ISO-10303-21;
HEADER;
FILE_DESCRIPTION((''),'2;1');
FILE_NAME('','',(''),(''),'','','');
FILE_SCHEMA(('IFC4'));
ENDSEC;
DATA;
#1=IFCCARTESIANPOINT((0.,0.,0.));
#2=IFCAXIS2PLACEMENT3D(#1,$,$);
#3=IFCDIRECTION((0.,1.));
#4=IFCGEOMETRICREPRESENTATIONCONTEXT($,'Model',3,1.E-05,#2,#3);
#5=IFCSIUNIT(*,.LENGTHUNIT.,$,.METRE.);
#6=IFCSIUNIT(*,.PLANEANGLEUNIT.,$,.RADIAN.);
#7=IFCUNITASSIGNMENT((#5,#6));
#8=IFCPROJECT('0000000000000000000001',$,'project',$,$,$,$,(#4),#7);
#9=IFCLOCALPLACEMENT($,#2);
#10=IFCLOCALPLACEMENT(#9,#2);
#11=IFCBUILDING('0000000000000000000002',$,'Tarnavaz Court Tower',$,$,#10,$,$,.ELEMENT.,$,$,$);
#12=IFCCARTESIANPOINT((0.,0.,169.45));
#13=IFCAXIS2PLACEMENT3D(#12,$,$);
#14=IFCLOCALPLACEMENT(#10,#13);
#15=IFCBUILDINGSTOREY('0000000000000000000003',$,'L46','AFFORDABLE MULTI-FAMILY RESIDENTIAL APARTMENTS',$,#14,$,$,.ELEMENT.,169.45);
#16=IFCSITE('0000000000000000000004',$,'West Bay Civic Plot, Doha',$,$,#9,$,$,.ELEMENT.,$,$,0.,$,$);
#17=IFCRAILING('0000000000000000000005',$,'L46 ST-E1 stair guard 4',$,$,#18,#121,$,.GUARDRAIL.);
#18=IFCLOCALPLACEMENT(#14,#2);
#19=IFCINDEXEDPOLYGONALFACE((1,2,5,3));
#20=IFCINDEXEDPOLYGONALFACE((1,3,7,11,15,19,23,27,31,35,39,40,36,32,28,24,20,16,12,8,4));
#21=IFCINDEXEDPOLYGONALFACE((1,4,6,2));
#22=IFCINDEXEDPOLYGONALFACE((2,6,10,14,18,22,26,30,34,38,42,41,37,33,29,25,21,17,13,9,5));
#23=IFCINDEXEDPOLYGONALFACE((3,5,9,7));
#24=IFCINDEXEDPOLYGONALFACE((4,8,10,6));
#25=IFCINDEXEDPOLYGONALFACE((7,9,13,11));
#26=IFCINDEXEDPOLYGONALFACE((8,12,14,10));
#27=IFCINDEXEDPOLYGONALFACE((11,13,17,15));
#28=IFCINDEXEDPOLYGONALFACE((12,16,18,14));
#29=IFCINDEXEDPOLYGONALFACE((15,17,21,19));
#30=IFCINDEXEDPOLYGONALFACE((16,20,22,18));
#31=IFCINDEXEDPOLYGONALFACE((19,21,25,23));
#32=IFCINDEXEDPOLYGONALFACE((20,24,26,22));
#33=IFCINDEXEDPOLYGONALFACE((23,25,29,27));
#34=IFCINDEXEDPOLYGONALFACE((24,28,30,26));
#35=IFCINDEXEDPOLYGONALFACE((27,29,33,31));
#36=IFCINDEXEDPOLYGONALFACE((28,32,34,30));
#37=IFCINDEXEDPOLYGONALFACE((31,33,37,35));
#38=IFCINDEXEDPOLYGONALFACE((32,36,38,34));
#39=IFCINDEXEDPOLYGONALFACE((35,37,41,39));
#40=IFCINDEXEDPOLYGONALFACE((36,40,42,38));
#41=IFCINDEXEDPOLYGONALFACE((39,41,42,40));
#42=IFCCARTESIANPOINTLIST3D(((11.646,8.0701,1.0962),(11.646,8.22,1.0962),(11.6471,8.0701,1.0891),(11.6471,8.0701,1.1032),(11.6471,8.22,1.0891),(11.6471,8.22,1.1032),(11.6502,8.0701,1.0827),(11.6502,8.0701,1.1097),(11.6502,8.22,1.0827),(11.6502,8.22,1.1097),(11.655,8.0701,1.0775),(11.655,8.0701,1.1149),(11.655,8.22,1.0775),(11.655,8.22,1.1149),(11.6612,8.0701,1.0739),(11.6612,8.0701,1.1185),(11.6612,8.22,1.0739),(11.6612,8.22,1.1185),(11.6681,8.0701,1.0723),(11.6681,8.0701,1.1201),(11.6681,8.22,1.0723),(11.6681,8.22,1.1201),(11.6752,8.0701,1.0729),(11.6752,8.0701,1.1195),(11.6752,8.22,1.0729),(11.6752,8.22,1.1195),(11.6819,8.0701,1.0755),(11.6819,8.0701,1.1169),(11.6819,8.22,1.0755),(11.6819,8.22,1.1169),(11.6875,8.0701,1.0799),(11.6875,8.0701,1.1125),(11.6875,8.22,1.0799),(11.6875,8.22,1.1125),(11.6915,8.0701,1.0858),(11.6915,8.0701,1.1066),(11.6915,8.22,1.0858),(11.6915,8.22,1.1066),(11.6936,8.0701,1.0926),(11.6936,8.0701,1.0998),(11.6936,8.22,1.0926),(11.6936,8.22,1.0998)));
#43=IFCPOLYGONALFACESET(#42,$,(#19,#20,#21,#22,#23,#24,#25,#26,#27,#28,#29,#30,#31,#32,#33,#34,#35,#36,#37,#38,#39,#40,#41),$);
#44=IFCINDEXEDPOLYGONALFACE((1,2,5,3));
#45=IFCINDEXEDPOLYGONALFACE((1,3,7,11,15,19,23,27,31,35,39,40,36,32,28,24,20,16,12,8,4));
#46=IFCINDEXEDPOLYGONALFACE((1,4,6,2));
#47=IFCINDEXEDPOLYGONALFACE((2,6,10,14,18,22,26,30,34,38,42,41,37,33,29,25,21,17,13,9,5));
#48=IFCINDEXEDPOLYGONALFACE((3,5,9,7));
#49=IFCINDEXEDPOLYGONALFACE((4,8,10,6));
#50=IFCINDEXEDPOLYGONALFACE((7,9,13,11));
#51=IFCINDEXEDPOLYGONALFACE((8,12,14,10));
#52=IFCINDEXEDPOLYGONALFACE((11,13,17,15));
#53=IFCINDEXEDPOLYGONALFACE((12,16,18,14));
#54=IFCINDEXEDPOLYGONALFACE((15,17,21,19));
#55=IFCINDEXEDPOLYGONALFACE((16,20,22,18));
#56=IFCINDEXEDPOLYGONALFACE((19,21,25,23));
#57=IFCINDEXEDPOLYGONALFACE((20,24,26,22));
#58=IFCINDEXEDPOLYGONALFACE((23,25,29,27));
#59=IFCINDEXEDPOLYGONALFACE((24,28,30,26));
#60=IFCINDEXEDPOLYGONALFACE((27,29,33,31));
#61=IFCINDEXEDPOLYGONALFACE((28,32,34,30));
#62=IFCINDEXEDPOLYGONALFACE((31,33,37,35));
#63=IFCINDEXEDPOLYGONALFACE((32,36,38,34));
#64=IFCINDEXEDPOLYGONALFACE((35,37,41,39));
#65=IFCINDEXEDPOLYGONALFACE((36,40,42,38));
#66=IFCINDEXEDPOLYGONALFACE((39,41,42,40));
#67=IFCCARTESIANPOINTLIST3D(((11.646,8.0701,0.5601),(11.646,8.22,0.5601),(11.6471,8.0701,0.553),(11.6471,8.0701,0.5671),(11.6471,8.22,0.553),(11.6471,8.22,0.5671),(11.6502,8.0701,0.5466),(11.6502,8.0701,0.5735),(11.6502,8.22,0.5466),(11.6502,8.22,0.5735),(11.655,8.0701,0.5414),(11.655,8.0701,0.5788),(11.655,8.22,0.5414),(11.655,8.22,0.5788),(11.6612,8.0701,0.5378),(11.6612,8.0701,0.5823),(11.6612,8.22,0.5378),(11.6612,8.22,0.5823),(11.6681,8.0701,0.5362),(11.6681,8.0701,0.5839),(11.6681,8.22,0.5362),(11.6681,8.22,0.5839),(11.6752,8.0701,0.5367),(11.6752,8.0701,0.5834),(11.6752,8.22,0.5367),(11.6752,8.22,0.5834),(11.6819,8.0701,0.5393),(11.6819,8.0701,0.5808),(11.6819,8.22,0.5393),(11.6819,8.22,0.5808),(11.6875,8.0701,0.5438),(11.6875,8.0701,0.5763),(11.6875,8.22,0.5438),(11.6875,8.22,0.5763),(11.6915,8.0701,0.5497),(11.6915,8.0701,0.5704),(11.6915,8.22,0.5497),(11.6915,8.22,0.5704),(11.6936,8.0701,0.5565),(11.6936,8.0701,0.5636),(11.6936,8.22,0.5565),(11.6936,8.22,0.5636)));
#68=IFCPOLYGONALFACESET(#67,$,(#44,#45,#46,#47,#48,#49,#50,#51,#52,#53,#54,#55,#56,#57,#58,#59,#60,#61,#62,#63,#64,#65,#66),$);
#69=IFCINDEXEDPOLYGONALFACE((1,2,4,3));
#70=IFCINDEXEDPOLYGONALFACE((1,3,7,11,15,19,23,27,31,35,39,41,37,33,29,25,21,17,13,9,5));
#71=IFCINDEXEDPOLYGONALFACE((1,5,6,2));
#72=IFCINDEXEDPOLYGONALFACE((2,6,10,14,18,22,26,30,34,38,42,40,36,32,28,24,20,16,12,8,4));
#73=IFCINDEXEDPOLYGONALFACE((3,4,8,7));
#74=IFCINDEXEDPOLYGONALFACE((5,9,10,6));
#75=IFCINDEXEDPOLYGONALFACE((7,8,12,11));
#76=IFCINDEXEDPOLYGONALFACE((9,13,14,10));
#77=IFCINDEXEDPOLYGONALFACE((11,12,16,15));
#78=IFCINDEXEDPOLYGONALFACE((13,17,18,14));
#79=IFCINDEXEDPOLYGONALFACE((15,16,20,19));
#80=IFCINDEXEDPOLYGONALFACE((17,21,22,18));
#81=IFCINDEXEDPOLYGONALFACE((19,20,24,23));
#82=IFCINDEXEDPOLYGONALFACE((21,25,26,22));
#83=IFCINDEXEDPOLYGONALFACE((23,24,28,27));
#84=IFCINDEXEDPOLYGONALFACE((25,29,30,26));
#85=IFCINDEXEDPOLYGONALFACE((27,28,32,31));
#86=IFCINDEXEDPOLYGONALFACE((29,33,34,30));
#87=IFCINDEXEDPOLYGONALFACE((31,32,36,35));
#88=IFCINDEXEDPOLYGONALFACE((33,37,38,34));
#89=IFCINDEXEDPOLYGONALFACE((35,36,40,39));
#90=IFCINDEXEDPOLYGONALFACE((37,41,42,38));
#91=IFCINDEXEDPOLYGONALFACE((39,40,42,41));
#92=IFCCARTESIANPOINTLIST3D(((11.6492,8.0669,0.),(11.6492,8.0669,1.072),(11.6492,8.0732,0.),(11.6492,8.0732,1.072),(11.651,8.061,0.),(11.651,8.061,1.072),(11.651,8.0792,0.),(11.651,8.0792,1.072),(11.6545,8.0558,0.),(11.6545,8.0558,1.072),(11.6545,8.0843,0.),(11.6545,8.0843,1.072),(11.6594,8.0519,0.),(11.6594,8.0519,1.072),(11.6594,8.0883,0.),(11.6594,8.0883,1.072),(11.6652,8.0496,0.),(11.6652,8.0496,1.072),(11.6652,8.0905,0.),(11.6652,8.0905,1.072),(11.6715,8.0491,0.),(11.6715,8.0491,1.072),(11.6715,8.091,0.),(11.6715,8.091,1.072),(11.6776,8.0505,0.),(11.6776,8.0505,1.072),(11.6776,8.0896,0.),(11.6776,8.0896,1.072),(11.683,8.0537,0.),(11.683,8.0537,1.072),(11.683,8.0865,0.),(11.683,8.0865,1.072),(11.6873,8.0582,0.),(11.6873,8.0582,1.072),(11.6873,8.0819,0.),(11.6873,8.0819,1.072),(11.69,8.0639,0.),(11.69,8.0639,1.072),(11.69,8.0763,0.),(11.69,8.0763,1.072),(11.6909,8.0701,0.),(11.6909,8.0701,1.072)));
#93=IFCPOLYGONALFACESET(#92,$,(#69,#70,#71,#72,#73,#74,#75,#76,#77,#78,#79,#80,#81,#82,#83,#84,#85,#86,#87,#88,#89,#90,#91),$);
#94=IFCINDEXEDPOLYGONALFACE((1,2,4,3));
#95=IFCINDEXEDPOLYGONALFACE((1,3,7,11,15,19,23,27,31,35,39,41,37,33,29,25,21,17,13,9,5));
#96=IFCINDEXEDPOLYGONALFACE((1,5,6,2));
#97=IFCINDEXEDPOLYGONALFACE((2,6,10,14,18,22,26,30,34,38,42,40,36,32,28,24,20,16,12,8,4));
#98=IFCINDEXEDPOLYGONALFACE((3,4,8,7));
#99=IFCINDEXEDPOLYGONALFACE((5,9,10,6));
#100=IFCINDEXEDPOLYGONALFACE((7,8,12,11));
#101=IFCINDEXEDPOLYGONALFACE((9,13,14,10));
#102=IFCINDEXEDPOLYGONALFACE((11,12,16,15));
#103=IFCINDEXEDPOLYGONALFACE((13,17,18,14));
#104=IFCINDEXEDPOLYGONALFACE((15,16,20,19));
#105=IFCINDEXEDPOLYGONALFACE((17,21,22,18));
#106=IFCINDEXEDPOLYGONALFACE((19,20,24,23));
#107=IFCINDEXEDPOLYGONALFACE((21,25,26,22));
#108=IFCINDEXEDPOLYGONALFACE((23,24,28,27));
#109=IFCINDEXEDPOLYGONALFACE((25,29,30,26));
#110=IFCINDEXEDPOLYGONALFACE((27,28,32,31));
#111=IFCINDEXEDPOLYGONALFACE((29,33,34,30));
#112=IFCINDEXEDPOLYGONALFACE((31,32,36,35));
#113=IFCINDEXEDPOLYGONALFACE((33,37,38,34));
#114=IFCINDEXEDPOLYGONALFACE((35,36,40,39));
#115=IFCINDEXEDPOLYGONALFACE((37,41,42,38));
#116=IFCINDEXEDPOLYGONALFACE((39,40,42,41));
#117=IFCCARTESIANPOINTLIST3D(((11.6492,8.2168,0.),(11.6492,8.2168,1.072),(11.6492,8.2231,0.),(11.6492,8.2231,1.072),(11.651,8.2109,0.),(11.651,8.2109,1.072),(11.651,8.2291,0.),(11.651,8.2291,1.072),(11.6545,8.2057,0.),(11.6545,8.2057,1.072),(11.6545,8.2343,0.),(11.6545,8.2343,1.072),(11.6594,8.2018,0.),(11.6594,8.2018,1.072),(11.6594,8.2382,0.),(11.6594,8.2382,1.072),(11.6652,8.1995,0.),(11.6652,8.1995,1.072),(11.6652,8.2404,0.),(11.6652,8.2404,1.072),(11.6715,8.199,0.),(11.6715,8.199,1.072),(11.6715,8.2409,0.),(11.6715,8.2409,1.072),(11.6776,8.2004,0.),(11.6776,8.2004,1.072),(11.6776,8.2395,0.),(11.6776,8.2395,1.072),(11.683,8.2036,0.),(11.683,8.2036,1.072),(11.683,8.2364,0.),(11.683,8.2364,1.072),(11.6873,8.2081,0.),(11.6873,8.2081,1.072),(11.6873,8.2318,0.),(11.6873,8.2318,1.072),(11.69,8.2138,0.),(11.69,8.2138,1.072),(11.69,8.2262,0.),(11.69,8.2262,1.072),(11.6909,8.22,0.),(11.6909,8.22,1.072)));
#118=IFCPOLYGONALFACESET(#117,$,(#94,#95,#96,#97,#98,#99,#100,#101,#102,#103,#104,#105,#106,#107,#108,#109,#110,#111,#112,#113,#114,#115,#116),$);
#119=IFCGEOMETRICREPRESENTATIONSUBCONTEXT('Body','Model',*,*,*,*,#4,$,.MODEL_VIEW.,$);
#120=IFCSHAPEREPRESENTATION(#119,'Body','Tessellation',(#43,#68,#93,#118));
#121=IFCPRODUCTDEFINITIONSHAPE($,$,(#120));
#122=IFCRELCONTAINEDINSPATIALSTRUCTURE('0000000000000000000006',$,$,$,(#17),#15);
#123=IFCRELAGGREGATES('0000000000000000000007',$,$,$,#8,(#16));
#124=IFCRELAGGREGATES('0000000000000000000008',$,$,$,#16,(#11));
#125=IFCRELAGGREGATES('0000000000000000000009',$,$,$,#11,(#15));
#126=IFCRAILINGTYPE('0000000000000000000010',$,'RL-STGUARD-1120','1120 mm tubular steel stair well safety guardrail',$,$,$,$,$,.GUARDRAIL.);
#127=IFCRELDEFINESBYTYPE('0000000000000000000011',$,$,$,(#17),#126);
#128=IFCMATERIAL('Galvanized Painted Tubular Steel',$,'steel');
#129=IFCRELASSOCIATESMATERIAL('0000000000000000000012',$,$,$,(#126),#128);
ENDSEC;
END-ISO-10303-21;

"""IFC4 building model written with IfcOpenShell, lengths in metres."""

from ifc_helpers import new_model, si_unit, direction, frame, origin, origin_2d, place, context, subcontext, project, spatial, circle, extrude, material, type_object, element, save


model = new_model("IFC4")

# Units and contexts
model_context = context("Model", 3, precision=1e-05, world=origin(), true_north=direction((0.0, 1.0)))
body_context = subcontext(model_context, "Body", "Model", "MODEL_VIEW")
ifc_project = project(units=[si_unit("LENGTHUNIT", "METRE"), si_unit("PLANEANGLEUNIT", "RADIAN")], contexts=[model_context])

# Site, building, storey
site_placement = place(None, origin())
site = spatial("IfcSite", under=ifc_project, at=site_placement, Name="West Bay Civic Plot, Doha", CompositionType="ELEMENT", RefElevation=0.0)
building_placement = place(site_placement, origin())
building = spatial("IfcBuilding", under=site, at=building_placement, Name="Tarnavaz Court Tower", CompositionType="ELEMENT")
storey_placement = place(building_placement, frame((0.0, 0.0, 169.45)))
storey = spatial("IfcBuildingStorey", under=building, at=storey_placement, Name="L46", Description="AFFORDABLE MULTI-FAMILY RESIDENTIAL APARTMENTS", CompositionType="ELEMENT", Elevation=169.45)

# Railing
ifc_material_1 = material(Name="Galvanized Painted Tubular Steel", Category="steel")
railing_type_1 = type_object("IfcRailingType", Name="RL-STGUARD-1120", Description="1120 mm tubular steel stair well safety guardrail", PredefinedType="GUARDRAIL", material=ifc_material_1)
for number, where, name in (
    (1, (11.6699, 8.0701, 0.0), "L46 ST-E1 stair guard 4"),
):
    element("IfcRailing", number, at=place(storey_placement, frame(where)), inside=storey, type_object=railing_type_1, Name=name, PredefinedType="GUARDRAIL", context=body_context, shape_type="SweptSolid", body=[
        extrude(circle(Radius=0.0239, at=origin_2d()), frame((0.0, 0.0, 1.0962), z_axis=(0.0, 1.0, 0.0), x_axis=(-1.0, 0.0, 0.0)), (0.0, 0.0, 1.0), 0.1499),
        extrude(circle(Radius=0.0239, at=origin_2d()), frame((0.0, 0.0, 0.5601), z_axis=(0.0, 1.0, 0.0), x_axis=(-1.0, 0.0, 0.0)), (0.0, 0.0, 1.0), 0.1499),
        extrude(circle(Radius=0.021, at=origin_2d()), origin(), (0.0, 0.0, 1.0), 1.072),
        extrude(circle(Radius=0.021, at=origin_2d()), frame((0.0, 0.1499, 0.0)), (0.0, 0.0, 1.0), 1.072),
    ])

save(model, "model.ifc")
